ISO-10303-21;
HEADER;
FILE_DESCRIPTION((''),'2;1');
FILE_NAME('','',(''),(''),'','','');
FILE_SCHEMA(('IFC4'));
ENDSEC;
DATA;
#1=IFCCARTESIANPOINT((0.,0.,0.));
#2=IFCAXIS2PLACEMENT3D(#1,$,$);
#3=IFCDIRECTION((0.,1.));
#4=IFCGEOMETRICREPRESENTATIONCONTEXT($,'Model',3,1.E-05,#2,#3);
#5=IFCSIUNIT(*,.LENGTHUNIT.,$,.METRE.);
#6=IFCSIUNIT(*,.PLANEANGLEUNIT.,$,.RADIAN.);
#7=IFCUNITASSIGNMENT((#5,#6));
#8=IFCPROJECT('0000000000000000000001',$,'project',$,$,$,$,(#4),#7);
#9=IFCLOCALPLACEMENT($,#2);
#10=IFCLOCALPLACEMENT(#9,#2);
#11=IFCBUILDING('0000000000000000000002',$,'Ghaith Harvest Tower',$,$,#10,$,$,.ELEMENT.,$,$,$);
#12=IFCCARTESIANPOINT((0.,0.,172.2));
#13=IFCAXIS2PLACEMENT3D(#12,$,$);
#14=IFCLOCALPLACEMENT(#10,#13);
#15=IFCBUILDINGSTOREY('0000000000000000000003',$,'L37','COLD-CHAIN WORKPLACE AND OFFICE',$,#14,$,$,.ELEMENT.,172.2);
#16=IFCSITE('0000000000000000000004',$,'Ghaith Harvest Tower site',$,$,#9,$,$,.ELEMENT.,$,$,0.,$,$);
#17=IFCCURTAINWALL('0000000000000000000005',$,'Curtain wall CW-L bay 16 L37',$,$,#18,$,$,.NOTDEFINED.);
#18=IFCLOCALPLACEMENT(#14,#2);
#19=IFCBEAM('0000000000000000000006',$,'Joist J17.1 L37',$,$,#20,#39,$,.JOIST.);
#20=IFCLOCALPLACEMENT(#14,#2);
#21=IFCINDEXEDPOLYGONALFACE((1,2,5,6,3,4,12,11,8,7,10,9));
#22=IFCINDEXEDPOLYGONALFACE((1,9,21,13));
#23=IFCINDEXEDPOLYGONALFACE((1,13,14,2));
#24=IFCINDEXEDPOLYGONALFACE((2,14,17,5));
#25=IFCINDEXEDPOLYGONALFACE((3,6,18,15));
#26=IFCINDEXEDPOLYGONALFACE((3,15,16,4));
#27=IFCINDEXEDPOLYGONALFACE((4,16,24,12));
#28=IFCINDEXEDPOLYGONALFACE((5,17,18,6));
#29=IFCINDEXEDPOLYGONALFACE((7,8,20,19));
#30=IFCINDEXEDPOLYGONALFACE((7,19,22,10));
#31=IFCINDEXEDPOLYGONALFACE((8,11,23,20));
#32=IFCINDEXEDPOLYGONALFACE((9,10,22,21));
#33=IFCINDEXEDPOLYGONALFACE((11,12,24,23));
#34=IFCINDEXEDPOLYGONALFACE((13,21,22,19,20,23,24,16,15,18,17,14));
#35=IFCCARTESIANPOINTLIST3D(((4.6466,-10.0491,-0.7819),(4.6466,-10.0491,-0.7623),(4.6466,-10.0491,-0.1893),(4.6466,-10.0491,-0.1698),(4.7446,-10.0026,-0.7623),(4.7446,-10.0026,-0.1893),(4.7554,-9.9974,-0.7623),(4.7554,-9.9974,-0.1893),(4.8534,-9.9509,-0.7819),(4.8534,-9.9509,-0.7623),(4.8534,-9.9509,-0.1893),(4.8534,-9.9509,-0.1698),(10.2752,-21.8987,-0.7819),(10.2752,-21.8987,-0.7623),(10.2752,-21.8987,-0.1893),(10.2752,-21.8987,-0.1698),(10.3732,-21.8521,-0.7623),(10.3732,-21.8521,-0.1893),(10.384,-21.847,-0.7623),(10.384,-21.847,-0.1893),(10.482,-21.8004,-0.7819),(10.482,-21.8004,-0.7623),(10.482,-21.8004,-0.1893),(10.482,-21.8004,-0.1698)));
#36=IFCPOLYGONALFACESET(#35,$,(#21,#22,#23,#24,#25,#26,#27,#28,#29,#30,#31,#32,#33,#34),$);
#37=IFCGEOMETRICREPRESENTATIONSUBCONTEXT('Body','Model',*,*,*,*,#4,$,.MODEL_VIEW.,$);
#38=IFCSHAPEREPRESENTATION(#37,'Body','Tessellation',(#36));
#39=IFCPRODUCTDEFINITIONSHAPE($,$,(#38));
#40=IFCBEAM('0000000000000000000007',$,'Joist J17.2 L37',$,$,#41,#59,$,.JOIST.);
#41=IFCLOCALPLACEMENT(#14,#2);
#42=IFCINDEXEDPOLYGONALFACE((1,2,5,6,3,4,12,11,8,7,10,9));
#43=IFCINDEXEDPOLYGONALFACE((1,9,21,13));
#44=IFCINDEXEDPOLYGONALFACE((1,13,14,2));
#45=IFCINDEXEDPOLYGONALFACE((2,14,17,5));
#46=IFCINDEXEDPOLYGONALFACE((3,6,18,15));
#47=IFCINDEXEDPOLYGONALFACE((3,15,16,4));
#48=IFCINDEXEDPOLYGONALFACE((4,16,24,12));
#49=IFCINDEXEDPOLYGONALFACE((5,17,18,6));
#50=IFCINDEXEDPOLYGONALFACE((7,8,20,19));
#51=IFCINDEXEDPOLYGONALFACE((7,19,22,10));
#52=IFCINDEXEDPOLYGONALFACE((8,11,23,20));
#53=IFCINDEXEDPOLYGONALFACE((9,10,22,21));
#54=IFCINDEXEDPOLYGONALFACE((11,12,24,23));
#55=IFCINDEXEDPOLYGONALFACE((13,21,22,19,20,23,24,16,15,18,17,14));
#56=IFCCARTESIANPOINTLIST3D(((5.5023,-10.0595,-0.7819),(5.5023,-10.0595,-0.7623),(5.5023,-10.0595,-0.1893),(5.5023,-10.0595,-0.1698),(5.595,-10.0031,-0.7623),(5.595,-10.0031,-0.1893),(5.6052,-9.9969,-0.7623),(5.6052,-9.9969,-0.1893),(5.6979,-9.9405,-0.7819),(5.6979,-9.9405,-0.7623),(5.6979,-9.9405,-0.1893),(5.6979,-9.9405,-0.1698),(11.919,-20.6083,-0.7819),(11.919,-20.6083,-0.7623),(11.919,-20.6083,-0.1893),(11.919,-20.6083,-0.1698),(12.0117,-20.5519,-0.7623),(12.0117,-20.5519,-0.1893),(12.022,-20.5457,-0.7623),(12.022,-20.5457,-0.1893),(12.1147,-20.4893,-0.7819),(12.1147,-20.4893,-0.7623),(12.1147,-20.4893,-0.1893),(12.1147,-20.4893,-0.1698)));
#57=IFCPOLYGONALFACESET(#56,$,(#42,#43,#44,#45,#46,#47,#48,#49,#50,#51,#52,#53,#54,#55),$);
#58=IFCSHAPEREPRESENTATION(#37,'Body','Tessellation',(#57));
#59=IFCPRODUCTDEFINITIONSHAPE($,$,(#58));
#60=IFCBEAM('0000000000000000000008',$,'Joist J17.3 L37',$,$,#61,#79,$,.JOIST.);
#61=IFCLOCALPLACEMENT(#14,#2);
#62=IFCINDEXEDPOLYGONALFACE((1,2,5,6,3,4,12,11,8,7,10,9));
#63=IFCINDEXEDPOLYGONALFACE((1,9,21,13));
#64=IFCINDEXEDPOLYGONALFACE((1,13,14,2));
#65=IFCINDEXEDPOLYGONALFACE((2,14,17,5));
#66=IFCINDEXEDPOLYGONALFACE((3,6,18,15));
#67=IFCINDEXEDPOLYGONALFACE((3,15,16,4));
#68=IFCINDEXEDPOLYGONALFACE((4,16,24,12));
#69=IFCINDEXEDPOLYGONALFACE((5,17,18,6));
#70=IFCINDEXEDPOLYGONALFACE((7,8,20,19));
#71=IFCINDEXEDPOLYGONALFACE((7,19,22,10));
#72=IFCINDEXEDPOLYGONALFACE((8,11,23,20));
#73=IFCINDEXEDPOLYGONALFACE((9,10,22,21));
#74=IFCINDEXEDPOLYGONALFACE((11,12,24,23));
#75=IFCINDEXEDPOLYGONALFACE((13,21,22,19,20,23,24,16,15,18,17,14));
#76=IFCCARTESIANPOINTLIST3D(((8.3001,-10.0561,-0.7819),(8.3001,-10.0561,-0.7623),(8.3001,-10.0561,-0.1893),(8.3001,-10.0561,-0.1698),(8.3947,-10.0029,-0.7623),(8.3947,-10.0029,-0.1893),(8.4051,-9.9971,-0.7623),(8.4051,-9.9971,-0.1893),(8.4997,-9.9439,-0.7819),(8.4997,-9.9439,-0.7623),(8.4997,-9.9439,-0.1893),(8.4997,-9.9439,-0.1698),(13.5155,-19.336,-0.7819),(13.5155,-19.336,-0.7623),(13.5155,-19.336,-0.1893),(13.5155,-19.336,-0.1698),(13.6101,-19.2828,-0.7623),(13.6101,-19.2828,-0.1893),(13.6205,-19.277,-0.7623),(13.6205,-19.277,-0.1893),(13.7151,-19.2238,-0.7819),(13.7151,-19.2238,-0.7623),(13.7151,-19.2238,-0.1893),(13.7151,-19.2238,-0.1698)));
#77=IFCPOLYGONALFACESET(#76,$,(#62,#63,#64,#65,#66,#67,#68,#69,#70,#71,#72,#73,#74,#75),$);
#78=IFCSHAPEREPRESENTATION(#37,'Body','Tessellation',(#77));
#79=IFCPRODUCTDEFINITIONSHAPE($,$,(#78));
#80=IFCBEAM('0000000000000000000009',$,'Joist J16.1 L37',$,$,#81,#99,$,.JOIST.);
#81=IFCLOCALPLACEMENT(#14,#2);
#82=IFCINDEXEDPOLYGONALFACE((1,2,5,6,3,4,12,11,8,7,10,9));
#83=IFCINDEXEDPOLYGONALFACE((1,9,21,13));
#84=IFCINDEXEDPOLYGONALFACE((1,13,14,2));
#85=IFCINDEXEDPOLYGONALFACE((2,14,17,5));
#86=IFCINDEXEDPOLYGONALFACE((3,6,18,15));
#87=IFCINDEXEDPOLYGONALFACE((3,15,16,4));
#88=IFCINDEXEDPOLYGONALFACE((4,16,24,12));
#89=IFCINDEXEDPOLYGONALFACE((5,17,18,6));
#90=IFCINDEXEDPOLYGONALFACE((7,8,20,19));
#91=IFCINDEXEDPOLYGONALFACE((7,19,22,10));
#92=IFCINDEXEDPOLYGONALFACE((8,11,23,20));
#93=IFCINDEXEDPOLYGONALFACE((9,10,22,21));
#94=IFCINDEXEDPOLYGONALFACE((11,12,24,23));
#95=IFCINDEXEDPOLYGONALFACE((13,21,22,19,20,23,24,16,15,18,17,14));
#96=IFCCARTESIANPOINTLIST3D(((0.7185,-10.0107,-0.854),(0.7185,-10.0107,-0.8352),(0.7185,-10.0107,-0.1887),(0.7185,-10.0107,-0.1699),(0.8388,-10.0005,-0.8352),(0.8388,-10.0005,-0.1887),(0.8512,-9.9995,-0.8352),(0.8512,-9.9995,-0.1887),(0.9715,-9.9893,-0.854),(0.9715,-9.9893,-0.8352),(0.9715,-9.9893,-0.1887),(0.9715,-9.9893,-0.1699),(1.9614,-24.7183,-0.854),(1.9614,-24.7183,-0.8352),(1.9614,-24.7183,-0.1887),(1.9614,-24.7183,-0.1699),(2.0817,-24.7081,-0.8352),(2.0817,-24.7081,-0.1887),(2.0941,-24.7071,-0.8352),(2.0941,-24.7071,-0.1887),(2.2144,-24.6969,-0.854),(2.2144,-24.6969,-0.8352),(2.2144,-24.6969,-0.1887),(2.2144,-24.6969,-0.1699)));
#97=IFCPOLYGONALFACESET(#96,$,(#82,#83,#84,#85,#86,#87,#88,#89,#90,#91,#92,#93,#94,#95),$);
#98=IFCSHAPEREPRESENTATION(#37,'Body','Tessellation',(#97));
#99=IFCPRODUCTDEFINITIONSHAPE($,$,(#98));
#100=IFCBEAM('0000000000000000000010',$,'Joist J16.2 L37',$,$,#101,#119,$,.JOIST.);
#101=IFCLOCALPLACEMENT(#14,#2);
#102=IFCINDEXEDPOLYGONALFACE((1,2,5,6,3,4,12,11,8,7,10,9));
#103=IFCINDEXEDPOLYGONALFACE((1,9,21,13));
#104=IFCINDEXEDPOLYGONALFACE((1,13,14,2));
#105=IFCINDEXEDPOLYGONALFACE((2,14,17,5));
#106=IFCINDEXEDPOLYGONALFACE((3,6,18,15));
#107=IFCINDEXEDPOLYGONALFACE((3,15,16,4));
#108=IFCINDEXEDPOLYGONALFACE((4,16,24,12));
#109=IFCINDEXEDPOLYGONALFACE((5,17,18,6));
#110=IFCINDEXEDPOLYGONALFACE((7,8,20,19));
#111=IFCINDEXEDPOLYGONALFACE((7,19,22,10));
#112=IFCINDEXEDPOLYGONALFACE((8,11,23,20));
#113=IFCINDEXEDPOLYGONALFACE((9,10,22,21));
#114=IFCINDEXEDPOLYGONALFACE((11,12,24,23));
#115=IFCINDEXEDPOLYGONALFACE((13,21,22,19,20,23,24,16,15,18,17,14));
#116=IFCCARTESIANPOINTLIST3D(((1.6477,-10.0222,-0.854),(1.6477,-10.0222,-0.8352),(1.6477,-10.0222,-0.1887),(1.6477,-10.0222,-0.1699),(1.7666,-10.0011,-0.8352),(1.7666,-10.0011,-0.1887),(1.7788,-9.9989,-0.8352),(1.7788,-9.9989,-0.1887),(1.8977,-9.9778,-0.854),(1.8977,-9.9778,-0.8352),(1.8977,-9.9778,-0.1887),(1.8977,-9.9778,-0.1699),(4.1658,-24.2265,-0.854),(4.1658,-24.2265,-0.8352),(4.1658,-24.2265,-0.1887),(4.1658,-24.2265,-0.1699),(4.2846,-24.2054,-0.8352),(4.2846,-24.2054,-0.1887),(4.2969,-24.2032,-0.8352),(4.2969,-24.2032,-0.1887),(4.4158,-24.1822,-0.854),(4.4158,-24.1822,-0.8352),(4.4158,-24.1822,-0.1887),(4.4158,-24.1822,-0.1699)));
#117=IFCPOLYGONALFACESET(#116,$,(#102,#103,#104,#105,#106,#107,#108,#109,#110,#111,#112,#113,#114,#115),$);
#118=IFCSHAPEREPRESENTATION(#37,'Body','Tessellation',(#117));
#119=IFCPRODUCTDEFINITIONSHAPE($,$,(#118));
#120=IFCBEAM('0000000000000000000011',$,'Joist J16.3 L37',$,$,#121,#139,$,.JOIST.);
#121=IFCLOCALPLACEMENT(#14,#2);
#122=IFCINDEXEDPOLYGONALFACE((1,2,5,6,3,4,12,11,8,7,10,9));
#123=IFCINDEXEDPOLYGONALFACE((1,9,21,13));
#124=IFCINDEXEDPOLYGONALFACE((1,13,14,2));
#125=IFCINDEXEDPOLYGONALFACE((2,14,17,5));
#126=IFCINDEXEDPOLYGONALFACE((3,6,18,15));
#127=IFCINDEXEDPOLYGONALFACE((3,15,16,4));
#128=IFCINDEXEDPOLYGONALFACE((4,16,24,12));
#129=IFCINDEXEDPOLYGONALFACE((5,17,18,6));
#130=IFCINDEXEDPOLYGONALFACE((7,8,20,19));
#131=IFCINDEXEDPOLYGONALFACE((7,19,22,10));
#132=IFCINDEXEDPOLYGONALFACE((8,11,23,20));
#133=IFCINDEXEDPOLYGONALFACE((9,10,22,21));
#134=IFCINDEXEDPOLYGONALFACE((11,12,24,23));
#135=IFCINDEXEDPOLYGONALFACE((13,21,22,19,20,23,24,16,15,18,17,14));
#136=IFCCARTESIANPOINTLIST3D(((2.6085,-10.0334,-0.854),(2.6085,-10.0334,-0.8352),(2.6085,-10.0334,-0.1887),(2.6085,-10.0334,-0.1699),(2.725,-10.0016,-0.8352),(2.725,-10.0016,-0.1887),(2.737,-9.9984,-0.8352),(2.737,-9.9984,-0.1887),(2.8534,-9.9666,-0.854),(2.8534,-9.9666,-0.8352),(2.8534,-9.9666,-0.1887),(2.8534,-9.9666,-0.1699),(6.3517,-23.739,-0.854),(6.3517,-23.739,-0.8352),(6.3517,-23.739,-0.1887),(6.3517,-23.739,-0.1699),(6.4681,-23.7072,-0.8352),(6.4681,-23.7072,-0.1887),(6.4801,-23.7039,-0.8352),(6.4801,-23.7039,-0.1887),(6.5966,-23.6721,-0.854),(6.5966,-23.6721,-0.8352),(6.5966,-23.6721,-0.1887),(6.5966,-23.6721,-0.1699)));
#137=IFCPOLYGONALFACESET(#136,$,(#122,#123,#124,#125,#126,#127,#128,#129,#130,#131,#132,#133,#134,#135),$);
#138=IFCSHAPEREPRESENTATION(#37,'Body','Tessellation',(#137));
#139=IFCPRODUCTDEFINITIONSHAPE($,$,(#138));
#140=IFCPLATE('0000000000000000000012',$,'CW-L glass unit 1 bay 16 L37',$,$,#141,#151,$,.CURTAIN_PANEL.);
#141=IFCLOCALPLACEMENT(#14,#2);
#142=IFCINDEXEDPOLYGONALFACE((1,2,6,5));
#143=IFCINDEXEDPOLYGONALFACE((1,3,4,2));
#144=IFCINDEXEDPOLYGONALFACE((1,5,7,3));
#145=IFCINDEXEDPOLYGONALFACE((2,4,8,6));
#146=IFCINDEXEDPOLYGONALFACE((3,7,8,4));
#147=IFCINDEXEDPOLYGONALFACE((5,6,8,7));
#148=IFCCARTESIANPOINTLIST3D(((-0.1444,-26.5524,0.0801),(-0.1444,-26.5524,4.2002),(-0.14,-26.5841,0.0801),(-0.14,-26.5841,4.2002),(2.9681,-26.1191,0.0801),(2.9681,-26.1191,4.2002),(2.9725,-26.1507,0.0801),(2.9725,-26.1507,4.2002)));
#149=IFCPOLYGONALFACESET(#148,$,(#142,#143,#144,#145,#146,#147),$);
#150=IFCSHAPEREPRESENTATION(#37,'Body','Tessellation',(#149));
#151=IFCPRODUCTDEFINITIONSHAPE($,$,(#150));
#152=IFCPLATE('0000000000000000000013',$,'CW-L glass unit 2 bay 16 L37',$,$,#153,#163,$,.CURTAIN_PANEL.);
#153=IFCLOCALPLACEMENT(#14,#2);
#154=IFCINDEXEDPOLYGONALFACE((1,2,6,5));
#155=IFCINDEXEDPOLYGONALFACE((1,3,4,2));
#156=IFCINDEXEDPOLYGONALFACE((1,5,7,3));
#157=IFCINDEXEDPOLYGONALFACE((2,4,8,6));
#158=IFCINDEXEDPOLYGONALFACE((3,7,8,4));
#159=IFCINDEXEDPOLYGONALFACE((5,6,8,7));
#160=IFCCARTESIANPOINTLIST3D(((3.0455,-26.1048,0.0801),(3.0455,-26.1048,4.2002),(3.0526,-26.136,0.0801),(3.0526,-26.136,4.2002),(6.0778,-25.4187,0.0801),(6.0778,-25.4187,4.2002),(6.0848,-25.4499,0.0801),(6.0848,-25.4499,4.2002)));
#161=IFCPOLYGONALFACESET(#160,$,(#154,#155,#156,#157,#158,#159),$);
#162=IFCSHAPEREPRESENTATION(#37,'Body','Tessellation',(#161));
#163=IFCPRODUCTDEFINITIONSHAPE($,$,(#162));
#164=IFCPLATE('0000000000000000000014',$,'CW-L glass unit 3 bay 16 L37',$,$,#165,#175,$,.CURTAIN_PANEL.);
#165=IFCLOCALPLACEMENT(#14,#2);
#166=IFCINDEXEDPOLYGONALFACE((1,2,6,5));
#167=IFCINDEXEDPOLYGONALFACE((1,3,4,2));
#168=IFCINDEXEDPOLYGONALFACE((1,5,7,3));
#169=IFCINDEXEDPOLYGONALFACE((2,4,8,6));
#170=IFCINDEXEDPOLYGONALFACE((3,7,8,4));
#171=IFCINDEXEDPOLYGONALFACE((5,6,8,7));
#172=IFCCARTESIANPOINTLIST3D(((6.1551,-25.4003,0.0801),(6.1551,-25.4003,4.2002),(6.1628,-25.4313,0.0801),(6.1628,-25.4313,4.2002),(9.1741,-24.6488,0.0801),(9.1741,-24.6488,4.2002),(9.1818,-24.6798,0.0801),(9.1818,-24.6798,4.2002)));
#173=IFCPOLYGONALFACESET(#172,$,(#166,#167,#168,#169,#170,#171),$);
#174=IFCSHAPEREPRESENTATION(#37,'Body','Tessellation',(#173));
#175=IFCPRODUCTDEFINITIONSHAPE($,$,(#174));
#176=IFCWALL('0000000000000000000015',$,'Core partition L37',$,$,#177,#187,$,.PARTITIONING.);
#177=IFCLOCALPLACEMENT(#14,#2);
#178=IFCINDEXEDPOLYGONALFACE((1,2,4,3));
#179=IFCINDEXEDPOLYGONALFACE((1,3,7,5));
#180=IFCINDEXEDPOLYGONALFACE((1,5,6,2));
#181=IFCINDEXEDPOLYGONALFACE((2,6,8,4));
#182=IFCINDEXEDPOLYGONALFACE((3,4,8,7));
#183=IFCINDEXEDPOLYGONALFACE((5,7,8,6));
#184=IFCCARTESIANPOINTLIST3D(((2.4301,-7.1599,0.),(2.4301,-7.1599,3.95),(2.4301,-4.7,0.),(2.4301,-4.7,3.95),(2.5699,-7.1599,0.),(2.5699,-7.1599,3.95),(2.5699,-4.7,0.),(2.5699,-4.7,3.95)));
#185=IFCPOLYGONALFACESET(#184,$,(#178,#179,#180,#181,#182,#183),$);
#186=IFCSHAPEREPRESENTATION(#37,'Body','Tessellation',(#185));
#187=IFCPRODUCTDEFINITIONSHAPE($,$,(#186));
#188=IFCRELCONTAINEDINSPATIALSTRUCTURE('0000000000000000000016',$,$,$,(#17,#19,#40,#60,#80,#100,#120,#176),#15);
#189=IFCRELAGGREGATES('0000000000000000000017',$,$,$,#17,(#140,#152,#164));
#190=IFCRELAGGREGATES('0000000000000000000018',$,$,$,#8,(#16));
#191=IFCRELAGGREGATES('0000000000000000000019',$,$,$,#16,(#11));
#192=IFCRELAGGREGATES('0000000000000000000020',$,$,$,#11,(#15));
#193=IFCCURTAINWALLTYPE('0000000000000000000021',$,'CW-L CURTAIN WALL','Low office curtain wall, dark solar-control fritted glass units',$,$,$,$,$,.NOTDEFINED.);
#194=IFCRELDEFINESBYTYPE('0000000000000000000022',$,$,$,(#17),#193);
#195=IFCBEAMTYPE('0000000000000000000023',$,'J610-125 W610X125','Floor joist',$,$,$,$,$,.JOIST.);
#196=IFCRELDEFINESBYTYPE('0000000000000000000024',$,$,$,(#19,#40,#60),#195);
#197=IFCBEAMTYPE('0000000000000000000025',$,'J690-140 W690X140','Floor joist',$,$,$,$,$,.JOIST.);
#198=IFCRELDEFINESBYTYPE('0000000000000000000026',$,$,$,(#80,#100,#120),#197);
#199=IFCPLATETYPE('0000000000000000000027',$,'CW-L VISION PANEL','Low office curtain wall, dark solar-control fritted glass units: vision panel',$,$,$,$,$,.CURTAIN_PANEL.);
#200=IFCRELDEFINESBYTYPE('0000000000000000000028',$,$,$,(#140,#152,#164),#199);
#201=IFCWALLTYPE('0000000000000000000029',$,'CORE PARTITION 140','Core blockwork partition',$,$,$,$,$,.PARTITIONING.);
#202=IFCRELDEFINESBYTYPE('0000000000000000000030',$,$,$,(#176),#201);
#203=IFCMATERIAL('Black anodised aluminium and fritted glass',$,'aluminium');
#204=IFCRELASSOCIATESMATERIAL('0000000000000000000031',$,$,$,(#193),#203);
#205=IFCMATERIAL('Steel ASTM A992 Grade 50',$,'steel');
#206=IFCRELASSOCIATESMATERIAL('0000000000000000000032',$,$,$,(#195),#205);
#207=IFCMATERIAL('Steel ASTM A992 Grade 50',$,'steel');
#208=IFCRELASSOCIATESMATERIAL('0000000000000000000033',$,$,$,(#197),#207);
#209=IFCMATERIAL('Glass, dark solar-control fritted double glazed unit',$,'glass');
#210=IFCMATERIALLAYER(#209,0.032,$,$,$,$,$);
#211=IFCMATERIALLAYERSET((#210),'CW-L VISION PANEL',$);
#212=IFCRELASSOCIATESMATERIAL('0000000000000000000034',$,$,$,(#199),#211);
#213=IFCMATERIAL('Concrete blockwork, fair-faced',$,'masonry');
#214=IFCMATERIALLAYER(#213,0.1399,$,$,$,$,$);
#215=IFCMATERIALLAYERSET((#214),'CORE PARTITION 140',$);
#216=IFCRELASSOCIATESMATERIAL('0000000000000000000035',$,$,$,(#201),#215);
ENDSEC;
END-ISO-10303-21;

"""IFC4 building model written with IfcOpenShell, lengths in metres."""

from ifc_helpers import new_model, si_unit, direction, frame, frame_2d, origin, origin_2d, place, context, subcontext, project, spatial, rectangle, i_section, extrude, material, layer, layer_set, material_profile, profile_set, type_object, element, aggregate, save


model = new_model("IFC4")

# Units and contexts
model_context = context("Model", 3, precision=1e-05, world=origin(), true_north=direction((0.0, 1.0)))
body_context = subcontext(model_context, "Body", "Model", "MODEL_VIEW")
ifc_project = project(units=[si_unit("LENGTHUNIT", "METRE"), si_unit("PLANEANGLEUNIT", "RADIAN")], contexts=[model_context])

# Site, building, storey
site_placement = place(None, origin())
site = spatial("IfcSite", under=ifc_project, at=site_placement, Name="Ghaith Harvest Tower site", CompositionType="ELEMENT", RefElevation=0.0)
building_placement = place(site_placement, origin())
building = spatial("IfcBuilding", under=site, at=building_placement, Name="Ghaith Harvest Tower", CompositionType="ELEMENT")
storey_placement = place(building_placement, frame((0.0, 0.0, 172.2)))
storey = spatial("IfcBuildingStorey", under=building, at=storey_placement, Name="L37", Description="COLD-CHAIN WORKPLACE AND OFFICE", CompositionType="ELEMENT", Elevation=172.2)

# Curtain wall
ifc_material_1 = material(Name="Black anodised aluminium and fritted glass", Category="aluminium")
curtain_wall_type = type_object("IfcCurtainWallType", Name="CW-L CURTAIN WALL", Description="Low office curtain wall, dark solar-control fritted glass units", PredefinedType="NOTDEFINED", material=ifc_material_1)
curtain_wall_placement = place(storey_placement, origin())
curtain_wall = element("IfcCurtainWall", 1, at=curtain_wall_placement, inside=storey, type_object=curtain_wall_type, Name="Curtain wall CW-L bay 16 L37", PredefinedType="NOTDEFINED")

# Beams
ifc_material_2 = material(Name="Steel ASTM A992 Grade 50", Category="steel")
ifc_material_profile_1 = material_profile(ifc_material_2, i_section(OverallWidth=0.229, OverallDepth=0.6121, WebThickness=0.012, FlangeThickness=0.0195, at=origin_2d()), Name="W610X125")
ifc_profile_set_1 = profile_set([ifc_material_profile_1], Name="Steel ASTM A992 Grade 50")
beam_type_1 = type_object("IfcBeamType", Name="J610-125 W610X125", Description="Floor joist", PredefinedType="JOIST", material=ifc_profile_set_1)
beam_1_placement = place(storey_placement, frame((4.75, -10.0, -0.4758), z_axis=(0.429063, -0.903275, 0.0), x_axis=(0.903275, 0.429063, 0.0)))
element("IfcBeam", 2, at=beam_1_placement, inside=storey, type_object=beam_type_1, Name="Joist J17.1 L37", PredefinedType="JOIST", context=body_context, shape_type="SweptSolid", body=[
    extrude(i_section(OverallWidth=0.229, OverallDepth=0.6121, WebThickness=0.012, FlangeThickness=0.0195, at=origin_2d()), origin(), (0.0, 0.0, 1.0), 13.1184),
])
beam_2_placement = place(storey_placement, frame((5.6001, -10.0, -0.4758), z_axis=(0.519694, -0.854352, 0.0), x_axis=(0.854352, 0.519694, 0.0)))
element("IfcBeam", 3, at=beam_2_placement, inside=storey, type_object=beam_type_1, Name="Joist J17.2 L37", PredefinedType="JOIST", context=body_context, shape_type="SweptSolid", body=[
    extrude(i_section(OverallWidth=0.229, OverallDepth=0.6121, WebThickness=0.012, FlangeThickness=0.0195, at=origin_2d()), origin(), (0.0, 0.0, 1.0), 12.3472),
])
beam_3_placement = place(storey_placement, frame((8.3999, -10.0, -0.4758), z_axis=(0.489937, -0.871758, 0.0), x_axis=(0.871758, 0.489937, 0.0)))
element("IfcBeam", 4, at=beam_3_placement, inside=storey, type_object=beam_type_1, Name="Joist J17.3 L37", PredefinedType="JOIST", context=body_context, shape_type="SweptSolid", body=[
    extrude(i_section(OverallWidth=0.229, OverallDepth=0.6121, WebThickness=0.012, FlangeThickness=0.0195, at=origin_2d()), origin(), (0.0, 0.0, 1.0), 10.645),
])
ifc_material_3 = material(Name="Steel ASTM A992 Grade 50", Category="steel")
ifc_material_profile_2 = material_profile(ifc_material_3, i_section(OverallWidth=0.2539, OverallDepth=0.6841, WebThickness=0.0125, FlangeThickness=0.0188, at=origin_2d()), Name="W690X140")
ifc_profile_set_2 = profile_set([ifc_material_profile_2], Name="Steel ASTM A992 Grade 50")
beam_type_2 = type_object("IfcBeamType", Name="J690-140 W690X140", Description="Floor joist", PredefinedType="JOIST", material=ifc_profile_set_2)
beam_4_placement = place(storey_placement, frame((0.845, -10.0, -0.512), z_axis=(0.084209, -0.996448, 0.0), x_axis=(0.996448, 0.084209, 0.0)))
element("IfcBeam", 5, at=beam_4_placement, inside=storey, type_object=beam_type_2, Name="Joist J16.1 L37", PredefinedType="JOIST", context=body_context, shape_type="SweptSolid", body=[
    extrude(i_section(OverallWidth=0.2539, OverallDepth=0.6841, WebThickness=0.0125, FlangeThickness=0.0188, at=origin_2d()), origin(), (0.0, 0.0, 1.0), 14.76),
])
beam_5_placement = place(storey_placement, frame((1.7727, -10.0, -0.512), z_axis=(0.174553, -0.984648, 0.0), x_axis=(0.984648, 0.174553, 0.0)))
element("IfcBeam", 6, at=beam_5_placement, inside=storey, type_object=beam_type_2, Name="Joist J16.2 L37", PredefinedType="JOIST", context=body_context, shape_type="SweptSolid", body=[
    extrude(i_section(OverallWidth=0.2539, OverallDepth=0.6841, WebThickness=0.0125, FlangeThickness=0.0188, at=origin_2d()), origin(), (0.0, 0.0, 1.0), 14.4258),
])
beam_6_placement = place(storey_placement, frame((2.731, -10.0, -0.512), z_axis=(0.263463, -0.964669, 0.0), x_axis=(0.964669, 0.263463, 0.0)))
element("IfcBeam", 7, at=beam_6_placement, inside=storey, type_object=beam_type_2, Name="Joist J16.3 L37", PredefinedType="JOIST", context=body_context, shape_type="SweptSolid", body=[
    extrude(i_section(OverallWidth=0.2539, OverallDepth=0.6841, WebThickness=0.0125, FlangeThickness=0.0188, at=origin_2d()), origin(), (0.0, 0.0, 1.0), 14.2075),
])

# Plates
ifc_material_4 = material(Name="Glass, dark solar-control fritted double glazed unit", Category="glass")
ifc_layer_1 = layer(ifc_material_4, 0.032)
ifc_layer_set_1 = layer_set([ifc_layer_1], Name="CW-L VISION PANEL")
plate_type = type_object("IfcPlateType", Name="CW-L VISION PANEL", Description="Low office curtain wall, dark solar-control fritted glass units: vision panel", PredefinedType="CURTAIN_PANEL", material=ifc_layer_set_1)
plate_1_placement = place(storey_placement, frame((1.4141, -26.3516, 0.0801), z_axis=(0.0, 0.0, 1.0), x_axis=(0.990448, 0.137886, 0.0)))
plate_1 = element("IfcPlate", 8, at=plate_1_placement, type_object=plate_type, Name="CW-L glass unit 1 bay 16 L37", PredefinedType="CURTAIN_PANEL", context=body_context, shape_type="SweptSolid", body=[
    extrude(rectangle(XDim=3.1426, YDim=0.032, at=origin_2d()), origin(), (0.0, 0.0, 1.0), 4.1201),
])
plate_2_placement = place(storey_placement, frame((4.5652, -25.7773, 0.0801), z_axis=(0.0, 0.0, 1.0), x_axis=(0.975342, 0.2207, 0.0)))
plate_2 = element("IfcPlate", 9, at=plate_2_placement, type_object=plate_type, Name="CW-L glass unit 2 bay 16 L37", PredefinedType="CURTAIN_PANEL", context=body_context, shape_type="SweptSolid", body=[
    extrude(rectangle(XDim=3.1089, YDim=0.032, at=origin_2d()), origin(), (0.0, 0.0, 1.0), 4.1201),
])
plate_3_placement = place(storey_placement, frame((7.6685, -25.04, 0.0801), z_axis=(0.0, 0.0, 1.0), x_axis=(0.970384, 0.241566, 0.0)))
plate_3 = element("IfcPlate", 10, at=plate_3_placement, type_object=plate_type, Name="CW-L glass unit 3 bay 16 L37", PredefinedType="CURTAIN_PANEL", context=body_context, shape_type="SweptSolid", body=[
    extrude(rectangle(XDim=3.1111, YDim=0.032, at=origin_2d()), origin(), (0.0, 0.0, 1.0), 4.1201),
])
aggregate(curtain_wall, [plate_1, plate_2, plate_3])

# Wall
ifc_material_5 = material(Name="Concrete blockwork, fair-faced", Category="masonry")
ifc_layer_2 = layer(ifc_material_5, 0.1399)
ifc_layer_set_2 = layer_set([ifc_layer_2], Name="CORE PARTITION 140")
wall_type_1 = type_object("IfcWallType", Name="CORE PARTITION 140", Description="Core blockwork partition", PredefinedType="PARTITIONING", material=ifc_layer_set_2)
wall_1_placement = place(storey_placement, frame((2.5, -4.7, 0.0), z_axis=(0.0, 0.0, 1.0), x_axis=(0.0, -1.0, 0.0)))
element("IfcWall", 11, at=wall_1_placement, inside=storey, type_object=wall_type_1, Name="Core partition L37", PredefinedType="PARTITIONING", context=body_context, shape_type="SweptSolid", body=[
    extrude(rectangle(XDim=2.46, YDim=0.1399, at=frame_2d((1.23, 0.0))), origin(), (0.0, 0.0, 1.0), 3.95),
])

save(model, "model.ifc")
